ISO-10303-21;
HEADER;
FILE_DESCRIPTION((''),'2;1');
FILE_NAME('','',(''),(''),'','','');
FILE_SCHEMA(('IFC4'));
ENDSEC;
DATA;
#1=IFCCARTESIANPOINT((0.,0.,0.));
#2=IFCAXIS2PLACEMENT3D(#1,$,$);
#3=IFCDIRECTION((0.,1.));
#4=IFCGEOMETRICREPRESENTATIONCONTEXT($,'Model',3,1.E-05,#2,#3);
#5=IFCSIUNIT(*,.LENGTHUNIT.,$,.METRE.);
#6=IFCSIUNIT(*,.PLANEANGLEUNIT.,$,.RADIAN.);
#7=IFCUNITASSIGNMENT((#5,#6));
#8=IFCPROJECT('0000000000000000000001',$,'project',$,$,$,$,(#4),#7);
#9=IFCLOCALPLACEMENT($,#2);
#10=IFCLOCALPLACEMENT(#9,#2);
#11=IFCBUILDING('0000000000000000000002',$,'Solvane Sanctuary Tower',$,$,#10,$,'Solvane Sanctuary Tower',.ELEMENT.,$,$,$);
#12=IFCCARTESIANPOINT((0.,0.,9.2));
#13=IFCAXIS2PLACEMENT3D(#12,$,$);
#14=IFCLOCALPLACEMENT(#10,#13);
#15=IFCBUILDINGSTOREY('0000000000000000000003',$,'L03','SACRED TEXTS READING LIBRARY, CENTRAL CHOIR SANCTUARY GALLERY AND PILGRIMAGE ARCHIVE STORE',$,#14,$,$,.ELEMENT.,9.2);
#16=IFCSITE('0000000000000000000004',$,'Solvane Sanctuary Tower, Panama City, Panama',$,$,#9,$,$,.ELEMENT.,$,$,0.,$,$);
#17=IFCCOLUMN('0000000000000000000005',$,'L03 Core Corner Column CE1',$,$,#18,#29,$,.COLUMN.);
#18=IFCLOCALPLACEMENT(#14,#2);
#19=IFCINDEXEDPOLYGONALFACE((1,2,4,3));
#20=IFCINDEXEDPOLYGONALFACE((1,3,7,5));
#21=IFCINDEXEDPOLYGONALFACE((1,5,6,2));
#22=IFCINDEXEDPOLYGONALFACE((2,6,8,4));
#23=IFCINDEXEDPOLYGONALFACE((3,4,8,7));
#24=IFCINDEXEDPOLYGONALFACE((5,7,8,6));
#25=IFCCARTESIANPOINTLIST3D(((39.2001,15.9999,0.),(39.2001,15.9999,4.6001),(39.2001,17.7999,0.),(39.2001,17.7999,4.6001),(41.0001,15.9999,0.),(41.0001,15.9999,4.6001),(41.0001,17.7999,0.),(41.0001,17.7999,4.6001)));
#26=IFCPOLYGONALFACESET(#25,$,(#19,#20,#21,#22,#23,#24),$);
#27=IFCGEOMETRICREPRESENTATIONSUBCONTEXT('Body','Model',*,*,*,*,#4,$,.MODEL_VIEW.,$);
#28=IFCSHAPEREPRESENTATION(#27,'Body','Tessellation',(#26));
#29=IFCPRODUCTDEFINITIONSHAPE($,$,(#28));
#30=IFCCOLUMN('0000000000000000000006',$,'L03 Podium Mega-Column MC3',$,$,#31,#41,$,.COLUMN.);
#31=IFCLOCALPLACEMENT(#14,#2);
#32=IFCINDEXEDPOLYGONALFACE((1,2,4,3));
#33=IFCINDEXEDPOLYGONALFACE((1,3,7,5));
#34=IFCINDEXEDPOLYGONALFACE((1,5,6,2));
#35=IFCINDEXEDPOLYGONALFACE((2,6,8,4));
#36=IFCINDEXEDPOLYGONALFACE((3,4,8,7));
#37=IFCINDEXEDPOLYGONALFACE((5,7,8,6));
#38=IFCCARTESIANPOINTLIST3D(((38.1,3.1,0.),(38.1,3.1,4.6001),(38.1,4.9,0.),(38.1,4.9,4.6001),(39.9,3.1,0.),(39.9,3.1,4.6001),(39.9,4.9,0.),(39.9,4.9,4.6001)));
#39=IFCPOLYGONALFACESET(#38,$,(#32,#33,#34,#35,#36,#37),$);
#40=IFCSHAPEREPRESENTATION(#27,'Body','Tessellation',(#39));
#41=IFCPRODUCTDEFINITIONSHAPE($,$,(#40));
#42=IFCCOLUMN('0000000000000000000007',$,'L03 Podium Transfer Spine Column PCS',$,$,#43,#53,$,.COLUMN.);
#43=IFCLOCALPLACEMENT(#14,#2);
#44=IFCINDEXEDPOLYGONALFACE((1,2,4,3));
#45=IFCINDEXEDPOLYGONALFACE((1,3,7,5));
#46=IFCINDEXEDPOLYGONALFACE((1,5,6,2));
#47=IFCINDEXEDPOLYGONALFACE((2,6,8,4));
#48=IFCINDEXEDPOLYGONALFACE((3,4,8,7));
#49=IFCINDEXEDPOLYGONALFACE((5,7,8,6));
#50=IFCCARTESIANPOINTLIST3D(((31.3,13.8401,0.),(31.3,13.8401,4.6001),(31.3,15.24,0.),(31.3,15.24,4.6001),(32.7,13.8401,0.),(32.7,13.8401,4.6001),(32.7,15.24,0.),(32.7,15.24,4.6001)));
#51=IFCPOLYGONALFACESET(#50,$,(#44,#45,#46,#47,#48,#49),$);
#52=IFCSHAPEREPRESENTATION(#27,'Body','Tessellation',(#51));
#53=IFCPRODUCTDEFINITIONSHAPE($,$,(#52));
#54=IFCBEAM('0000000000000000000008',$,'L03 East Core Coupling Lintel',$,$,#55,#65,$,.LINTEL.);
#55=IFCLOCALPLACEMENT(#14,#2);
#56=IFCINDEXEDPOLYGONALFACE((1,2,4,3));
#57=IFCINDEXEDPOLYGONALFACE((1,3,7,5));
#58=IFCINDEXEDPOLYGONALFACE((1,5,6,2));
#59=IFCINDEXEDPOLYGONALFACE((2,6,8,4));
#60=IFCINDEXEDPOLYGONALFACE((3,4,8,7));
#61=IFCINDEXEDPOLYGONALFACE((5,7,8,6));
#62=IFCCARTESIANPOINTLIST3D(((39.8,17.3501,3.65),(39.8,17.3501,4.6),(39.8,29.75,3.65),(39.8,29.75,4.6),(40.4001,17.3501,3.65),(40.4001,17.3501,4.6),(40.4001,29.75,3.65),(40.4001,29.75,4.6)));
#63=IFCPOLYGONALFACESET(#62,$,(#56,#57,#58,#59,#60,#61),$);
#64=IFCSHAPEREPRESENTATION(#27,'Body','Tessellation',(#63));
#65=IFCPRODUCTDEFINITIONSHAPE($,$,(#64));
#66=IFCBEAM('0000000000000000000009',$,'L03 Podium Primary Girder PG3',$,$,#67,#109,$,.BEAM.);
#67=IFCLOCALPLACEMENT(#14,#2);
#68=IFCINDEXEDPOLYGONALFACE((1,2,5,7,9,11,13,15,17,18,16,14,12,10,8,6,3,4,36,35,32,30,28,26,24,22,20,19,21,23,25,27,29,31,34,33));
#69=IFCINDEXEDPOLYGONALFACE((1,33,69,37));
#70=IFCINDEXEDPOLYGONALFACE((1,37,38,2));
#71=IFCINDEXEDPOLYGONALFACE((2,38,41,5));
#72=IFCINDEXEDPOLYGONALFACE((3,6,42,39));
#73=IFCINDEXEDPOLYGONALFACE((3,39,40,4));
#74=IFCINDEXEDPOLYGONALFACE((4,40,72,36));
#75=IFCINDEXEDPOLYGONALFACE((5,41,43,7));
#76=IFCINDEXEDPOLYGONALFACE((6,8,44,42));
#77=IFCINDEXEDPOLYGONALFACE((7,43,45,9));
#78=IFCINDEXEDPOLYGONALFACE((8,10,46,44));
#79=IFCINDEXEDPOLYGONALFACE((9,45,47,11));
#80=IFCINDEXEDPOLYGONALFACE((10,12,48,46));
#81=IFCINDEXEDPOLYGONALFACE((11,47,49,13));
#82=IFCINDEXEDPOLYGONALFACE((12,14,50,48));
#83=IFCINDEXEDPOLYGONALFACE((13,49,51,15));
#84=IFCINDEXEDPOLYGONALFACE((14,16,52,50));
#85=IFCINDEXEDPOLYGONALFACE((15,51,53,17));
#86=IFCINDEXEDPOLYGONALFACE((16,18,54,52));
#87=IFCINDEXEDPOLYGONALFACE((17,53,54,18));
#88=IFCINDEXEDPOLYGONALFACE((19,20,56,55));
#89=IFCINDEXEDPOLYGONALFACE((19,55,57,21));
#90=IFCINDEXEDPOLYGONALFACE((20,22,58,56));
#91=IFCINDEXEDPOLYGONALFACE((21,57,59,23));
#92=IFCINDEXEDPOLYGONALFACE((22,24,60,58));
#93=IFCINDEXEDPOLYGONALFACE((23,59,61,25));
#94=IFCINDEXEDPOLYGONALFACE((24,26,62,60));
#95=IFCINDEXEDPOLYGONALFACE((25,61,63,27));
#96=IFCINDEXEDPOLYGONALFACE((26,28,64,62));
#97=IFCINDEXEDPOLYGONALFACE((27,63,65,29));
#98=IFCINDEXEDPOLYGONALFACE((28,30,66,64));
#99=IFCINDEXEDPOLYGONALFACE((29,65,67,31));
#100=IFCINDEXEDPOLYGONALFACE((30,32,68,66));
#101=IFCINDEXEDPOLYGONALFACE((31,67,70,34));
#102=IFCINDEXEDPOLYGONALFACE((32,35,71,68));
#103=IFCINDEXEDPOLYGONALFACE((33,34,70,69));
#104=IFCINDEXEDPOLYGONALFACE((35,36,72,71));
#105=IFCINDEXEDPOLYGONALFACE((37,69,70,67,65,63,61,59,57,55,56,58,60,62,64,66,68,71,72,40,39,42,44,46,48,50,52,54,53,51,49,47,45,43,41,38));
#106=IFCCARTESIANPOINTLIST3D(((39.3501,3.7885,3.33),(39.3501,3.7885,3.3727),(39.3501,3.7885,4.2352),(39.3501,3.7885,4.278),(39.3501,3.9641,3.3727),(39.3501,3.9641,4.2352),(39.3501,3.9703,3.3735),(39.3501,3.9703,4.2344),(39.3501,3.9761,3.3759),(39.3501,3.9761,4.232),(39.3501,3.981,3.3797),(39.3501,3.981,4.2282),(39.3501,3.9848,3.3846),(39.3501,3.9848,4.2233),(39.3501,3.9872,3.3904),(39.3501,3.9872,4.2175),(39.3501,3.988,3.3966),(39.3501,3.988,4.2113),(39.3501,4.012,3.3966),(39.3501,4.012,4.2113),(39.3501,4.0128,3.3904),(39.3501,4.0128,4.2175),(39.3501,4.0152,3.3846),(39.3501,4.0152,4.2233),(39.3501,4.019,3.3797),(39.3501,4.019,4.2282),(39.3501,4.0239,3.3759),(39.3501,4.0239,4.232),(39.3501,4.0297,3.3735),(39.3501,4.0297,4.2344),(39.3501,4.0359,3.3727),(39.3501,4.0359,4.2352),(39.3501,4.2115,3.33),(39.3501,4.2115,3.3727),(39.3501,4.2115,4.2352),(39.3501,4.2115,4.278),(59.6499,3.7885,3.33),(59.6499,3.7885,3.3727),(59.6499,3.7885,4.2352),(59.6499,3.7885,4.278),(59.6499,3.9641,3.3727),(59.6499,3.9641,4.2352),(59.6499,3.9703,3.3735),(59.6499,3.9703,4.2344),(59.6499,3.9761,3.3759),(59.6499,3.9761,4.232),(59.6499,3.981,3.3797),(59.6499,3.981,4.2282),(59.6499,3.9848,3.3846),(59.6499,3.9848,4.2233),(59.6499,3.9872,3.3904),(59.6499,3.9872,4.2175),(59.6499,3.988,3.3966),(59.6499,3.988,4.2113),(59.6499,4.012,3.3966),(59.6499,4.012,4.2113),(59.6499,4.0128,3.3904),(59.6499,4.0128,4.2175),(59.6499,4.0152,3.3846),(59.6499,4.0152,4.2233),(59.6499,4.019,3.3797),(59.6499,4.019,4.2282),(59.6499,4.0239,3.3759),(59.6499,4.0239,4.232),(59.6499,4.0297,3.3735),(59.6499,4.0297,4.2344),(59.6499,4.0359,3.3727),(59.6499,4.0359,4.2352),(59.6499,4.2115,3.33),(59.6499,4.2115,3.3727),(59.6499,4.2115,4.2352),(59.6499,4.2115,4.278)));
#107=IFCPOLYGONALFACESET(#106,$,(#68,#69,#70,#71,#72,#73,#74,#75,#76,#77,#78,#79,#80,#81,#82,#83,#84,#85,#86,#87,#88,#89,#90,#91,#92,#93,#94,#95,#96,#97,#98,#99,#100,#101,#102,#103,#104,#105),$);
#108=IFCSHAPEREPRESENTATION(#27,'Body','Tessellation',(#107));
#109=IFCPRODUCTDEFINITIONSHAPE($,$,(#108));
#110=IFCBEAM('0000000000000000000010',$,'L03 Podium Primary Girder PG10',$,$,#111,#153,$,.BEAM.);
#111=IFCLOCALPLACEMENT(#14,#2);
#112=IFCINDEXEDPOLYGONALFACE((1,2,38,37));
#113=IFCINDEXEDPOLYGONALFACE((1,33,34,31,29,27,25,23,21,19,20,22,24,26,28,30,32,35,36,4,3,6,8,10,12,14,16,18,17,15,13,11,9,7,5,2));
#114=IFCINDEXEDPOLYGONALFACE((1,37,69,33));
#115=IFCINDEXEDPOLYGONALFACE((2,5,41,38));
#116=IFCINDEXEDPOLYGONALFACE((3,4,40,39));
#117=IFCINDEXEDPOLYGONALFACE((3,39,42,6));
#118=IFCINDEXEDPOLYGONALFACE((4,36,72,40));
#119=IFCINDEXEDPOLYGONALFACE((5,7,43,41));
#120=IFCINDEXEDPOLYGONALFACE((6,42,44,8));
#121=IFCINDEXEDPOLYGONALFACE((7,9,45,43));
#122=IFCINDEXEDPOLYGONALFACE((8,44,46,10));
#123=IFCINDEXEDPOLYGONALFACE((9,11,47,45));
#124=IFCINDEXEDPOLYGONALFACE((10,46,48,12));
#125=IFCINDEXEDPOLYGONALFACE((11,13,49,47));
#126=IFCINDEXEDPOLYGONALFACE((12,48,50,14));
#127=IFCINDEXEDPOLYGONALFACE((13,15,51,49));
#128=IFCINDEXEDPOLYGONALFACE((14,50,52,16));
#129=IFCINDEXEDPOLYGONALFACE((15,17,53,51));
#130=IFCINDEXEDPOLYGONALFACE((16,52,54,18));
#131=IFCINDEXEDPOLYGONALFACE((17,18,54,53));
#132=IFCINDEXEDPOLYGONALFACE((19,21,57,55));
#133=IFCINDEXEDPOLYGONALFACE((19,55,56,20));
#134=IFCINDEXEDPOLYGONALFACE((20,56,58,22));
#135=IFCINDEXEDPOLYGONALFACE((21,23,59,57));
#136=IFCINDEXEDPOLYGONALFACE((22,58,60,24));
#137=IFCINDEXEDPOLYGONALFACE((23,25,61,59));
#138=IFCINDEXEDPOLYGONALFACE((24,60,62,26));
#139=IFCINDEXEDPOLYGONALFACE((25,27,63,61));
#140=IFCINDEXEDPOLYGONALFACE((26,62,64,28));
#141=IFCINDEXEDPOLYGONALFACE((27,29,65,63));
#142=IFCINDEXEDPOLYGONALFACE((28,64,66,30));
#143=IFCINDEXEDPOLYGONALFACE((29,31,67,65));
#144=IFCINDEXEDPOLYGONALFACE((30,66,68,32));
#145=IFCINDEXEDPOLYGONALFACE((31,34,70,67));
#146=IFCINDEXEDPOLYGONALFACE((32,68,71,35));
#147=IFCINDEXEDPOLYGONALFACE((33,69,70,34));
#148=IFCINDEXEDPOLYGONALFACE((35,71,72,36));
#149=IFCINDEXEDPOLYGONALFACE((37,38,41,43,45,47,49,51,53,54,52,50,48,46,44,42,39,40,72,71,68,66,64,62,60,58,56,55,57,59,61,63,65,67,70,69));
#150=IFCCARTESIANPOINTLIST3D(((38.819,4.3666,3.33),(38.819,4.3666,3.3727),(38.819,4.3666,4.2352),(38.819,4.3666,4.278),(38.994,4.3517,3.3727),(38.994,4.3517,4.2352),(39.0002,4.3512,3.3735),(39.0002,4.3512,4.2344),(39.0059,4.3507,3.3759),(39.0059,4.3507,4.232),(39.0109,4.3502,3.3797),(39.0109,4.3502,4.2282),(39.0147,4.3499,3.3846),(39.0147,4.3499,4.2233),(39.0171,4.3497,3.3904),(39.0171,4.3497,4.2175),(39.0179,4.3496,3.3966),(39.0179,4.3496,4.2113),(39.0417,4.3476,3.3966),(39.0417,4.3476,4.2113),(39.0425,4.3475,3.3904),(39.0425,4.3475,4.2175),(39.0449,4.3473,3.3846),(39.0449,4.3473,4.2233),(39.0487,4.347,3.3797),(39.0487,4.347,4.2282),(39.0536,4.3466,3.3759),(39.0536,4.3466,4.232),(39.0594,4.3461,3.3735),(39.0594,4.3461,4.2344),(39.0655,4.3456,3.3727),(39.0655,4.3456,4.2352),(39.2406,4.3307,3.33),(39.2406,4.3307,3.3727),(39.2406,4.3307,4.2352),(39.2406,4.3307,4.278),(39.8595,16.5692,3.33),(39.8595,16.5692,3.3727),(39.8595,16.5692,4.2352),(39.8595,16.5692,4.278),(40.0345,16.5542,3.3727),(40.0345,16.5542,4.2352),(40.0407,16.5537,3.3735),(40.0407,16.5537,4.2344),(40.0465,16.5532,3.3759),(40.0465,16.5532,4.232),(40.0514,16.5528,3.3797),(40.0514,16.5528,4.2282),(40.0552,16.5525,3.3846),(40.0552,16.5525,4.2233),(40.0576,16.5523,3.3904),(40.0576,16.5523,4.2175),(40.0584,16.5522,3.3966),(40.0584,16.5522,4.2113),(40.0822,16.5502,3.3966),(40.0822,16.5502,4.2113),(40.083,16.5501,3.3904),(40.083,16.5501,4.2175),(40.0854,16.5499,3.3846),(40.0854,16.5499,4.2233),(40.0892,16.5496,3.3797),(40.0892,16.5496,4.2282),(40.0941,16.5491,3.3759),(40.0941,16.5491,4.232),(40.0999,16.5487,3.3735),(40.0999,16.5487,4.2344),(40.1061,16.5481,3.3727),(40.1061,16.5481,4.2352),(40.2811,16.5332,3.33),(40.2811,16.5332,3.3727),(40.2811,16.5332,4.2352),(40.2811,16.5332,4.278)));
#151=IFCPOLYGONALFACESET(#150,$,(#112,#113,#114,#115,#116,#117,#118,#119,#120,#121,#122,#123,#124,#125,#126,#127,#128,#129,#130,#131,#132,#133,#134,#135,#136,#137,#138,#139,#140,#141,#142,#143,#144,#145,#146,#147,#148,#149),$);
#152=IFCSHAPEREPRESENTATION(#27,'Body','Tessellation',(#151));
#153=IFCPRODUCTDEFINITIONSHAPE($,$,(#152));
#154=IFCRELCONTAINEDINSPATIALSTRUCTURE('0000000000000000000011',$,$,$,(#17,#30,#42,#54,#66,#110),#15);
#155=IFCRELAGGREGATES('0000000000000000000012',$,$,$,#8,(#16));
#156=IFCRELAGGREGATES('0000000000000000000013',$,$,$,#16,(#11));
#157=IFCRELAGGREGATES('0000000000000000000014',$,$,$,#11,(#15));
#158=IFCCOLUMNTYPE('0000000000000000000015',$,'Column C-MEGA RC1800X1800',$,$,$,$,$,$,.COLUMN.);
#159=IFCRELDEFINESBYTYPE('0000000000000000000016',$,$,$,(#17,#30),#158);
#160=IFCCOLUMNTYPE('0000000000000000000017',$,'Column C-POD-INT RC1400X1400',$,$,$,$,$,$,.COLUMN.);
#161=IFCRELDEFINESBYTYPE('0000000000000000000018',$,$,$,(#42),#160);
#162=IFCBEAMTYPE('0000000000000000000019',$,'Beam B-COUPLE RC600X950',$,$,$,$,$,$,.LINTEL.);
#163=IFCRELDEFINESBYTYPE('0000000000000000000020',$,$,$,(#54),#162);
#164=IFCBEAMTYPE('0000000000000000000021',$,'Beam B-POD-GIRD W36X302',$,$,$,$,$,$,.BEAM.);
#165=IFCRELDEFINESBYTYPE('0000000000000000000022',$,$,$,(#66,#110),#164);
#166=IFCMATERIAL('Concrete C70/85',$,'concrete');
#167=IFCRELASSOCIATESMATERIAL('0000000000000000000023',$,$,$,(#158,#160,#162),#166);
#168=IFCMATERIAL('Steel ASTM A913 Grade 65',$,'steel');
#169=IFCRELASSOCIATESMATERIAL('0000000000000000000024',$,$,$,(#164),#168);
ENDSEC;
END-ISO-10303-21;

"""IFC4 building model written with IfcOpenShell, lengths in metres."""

from ifc_helpers import new_model, si_unit, direction, frame, origin, origin_2d, place, context, subcontext, project, spatial, rectangle, i_section, extrude, material, material_profile, profile_set, type_object, element, save


model = new_model("IFC4")

# Units and contexts
model_context = context("Model", 3, precision=1e-05, world=origin(), true_north=direction((0.0, 1.0)))
body_context = subcontext(model_context, "Body", "Model", "MODEL_VIEW")
ifc_project = project(units=[si_unit("LENGTHUNIT", "METRE"), si_unit("PLANEANGLEUNIT", "RADIAN")], contexts=[model_context])

# Site, building, storey
site_placement = place(None, origin())
site = spatial("IfcSite", under=ifc_project, at=site_placement, Name="Solvane Sanctuary Tower, Panama City, Panama", CompositionType="ELEMENT", RefElevation=0.0)
building_placement = place(site_placement, origin())
building = spatial("IfcBuilding", under=site, at=building_placement, Name="Solvane Sanctuary Tower", LongName="Solvane Sanctuary Tower", CompositionType="ELEMENT")
storey_placement = place(building_placement, frame((0.0, 0.0, 9.2)))
storey = spatial("IfcBuildingStorey", under=building, at=storey_placement, Name="L03", Description="SACRED TEXTS READING LIBRARY, CENTRAL CHOIR SANCTUARY GALLERY AND PILGRIMAGE ARCHIVE STORE", CompositionType="ELEMENT", Elevation=9.2)

# Columns
ifc_material_1 = material(Name="Concrete C70/85", Category="concrete")
ifc_material_profile_1 = material_profile(ifc_material_1, rectangle(XDim=1.8, YDim=1.8, at=origin_2d()), Name="RC1800X1800")
ifc_profile_set_1 = profile_set([ifc_material_profile_1], Name="Concrete C70/85")
column_type_1 = type_object("IfcColumnType", Name="Column C-MEGA RC1800X1800", PredefinedType="COLUMN", material=ifc_profile_set_1)
for number, where, z_axis, x_axis, name in (
    (1, (40.1001, 16.8999, 0.0), (0.0, 0.0, 1.0), (1.0, 0.0, 0.0), "L03 Core Corner Column CE1"),
    (2, (39.0, 4.0, 0.0), (0.0, 0.0, 1.0), (1.0, 0.0, 0.0), "L03 Podium Mega-Column MC3"),
):
    element("IfcColumn", number, at=place(storey_placement, frame(where, z_axis=z_axis, x_axis=x_axis)), inside=storey, type_object=column_type_1, Name=name, PredefinedType="COLUMN", context=body_context, shape_type="SweptSolid", body=[
        extrude(rectangle(XDim=1.8, YDim=1.8, at=origin_2d()), origin(), (0.0, 0.0, 1.0), 4.6001),
    ])
ifc_material_profile_2 = material_profile(ifc_material_1, rectangle(XDim=1.3999, YDim=1.3999, at=origin_2d()), Name="RC1400X1400")
ifc_profile_set_2 = profile_set([ifc_material_profile_2], Name="Concrete C70/85")
column_type_2 = type_object("IfcColumnType", Name="Column C-POD-INT RC1400X1400", PredefinedType="COLUMN", material=ifc_profile_set_2)
column_placement = place(storey_placement, frame((32.0, 14.54, 0.0), z_axis=(0.0, 0.0, 1.0), x_axis=(1.0, 0.0, 0.0)))
element("IfcColumn", 3, at=column_placement, inside=storey, type_object=column_type_2, Name="L03 Podium Transfer Spine Column PCS", PredefinedType="COLUMN", context=body_context, shape_type="SweptSolid", body=[
    extrude(rectangle(XDim=1.3999, YDim=1.3999, at=origin_2d()), origin(), (0.0, 0.0, 1.0), 4.6001),
])

# Beams
ifc_material_profile_3 = material_profile(ifc_material_1, rectangle(XDim=0.6001, YDim=0.95, at=origin_2d()), Name="RC600X950")
ifc_profile_set_3 = profile_set([ifc_material_profile_3], Name="Concrete C70/85")
beam_type_1 = type_object("IfcBeamType", Name="Beam B-COUPLE RC600X950", PredefinedType="LINTEL", material=ifc_profile_set_3)
beam_1_placement = place(storey_placement, frame((40.1001, 17.3501, 4.125), z_axis=(0.0, 1.0, 0.0), x_axis=(-1.0, 0.0, 0.0)))
element("IfcBeam", 4, at=beam_1_placement, inside=storey, type_object=beam_type_1, Name="L03 East Core Coupling Lintel", PredefinedType="LINTEL", context=body_context, shape_type="SweptSolid", body=[
    extrude(rectangle(XDim=0.6001, YDim=0.95, at=origin_2d()), origin(), (0.0, 0.0, 1.0), 12.3999),
])
ifc_material_2 = material(Name="Steel ASTM A913 Grade 65", Category="steel")
ifc_material_profile_4 = material_profile(ifc_material_2, i_section(OverallWidth=0.4231, OverallDepth=0.948, WebThickness=0.0239, FlangeThickness=0.0427, FilletRadius=0.0239, at=origin_2d()), Name="W36X302")
ifc_profile_set_4 = profile_set([ifc_material_profile_4], Name="Steel ASTM A913 Grade 65")
beam_type_2 = type_object("IfcBeamType", Name="Beam B-POD-GIRD W36X302", PredefinedType="BEAM", material=ifc_profile_set_4)
beam_2_placement = place(storey_placement, frame((39.3501, 4.0, 3.804), z_axis=(1.0, 0.0, 0.0), x_axis=(0.0, 1.0, 0.0)))
element("IfcBeam", 5, at=beam_2_placement, inside=storey, type_object=beam_type_2, Name="L03 Podium Primary Girder PG3", PredefinedType="BEAM", context=body_context, shape_type="SweptSolid", body=[
    extrude(i_section(OverallWidth=0.4231, OverallDepth=0.948, WebThickness=0.0239, FlangeThickness=0.0427, FilletRadius=0.0239, at=origin_2d()), origin(), (0.0, 0.0, 1.0), 20.2998),
])
beam_3_placement = place(storey_placement, frame((39.0298, 4.3486, 3.804), z_axis=(0.084962, 0.996384, 0.0), x_axis=(-0.996384, 0.084962, 0.0)))
element("IfcBeam", 6, at=beam_3_placement, inside=storey, type_object=beam_type_2, Name="L03 Podium Primary Girder PG10", PredefinedType="BEAM", context=body_context, shape_type="SweptSolid", body=[
    extrude(i_section(OverallWidth=0.4231, OverallDepth=0.948, WebThickness=0.0239, FlangeThickness=0.0427, FilletRadius=0.0239, at=origin_2d()), origin(), (0.0, 0.0, 1.0), 12.2468),
])

save(model, "model.ifc")
